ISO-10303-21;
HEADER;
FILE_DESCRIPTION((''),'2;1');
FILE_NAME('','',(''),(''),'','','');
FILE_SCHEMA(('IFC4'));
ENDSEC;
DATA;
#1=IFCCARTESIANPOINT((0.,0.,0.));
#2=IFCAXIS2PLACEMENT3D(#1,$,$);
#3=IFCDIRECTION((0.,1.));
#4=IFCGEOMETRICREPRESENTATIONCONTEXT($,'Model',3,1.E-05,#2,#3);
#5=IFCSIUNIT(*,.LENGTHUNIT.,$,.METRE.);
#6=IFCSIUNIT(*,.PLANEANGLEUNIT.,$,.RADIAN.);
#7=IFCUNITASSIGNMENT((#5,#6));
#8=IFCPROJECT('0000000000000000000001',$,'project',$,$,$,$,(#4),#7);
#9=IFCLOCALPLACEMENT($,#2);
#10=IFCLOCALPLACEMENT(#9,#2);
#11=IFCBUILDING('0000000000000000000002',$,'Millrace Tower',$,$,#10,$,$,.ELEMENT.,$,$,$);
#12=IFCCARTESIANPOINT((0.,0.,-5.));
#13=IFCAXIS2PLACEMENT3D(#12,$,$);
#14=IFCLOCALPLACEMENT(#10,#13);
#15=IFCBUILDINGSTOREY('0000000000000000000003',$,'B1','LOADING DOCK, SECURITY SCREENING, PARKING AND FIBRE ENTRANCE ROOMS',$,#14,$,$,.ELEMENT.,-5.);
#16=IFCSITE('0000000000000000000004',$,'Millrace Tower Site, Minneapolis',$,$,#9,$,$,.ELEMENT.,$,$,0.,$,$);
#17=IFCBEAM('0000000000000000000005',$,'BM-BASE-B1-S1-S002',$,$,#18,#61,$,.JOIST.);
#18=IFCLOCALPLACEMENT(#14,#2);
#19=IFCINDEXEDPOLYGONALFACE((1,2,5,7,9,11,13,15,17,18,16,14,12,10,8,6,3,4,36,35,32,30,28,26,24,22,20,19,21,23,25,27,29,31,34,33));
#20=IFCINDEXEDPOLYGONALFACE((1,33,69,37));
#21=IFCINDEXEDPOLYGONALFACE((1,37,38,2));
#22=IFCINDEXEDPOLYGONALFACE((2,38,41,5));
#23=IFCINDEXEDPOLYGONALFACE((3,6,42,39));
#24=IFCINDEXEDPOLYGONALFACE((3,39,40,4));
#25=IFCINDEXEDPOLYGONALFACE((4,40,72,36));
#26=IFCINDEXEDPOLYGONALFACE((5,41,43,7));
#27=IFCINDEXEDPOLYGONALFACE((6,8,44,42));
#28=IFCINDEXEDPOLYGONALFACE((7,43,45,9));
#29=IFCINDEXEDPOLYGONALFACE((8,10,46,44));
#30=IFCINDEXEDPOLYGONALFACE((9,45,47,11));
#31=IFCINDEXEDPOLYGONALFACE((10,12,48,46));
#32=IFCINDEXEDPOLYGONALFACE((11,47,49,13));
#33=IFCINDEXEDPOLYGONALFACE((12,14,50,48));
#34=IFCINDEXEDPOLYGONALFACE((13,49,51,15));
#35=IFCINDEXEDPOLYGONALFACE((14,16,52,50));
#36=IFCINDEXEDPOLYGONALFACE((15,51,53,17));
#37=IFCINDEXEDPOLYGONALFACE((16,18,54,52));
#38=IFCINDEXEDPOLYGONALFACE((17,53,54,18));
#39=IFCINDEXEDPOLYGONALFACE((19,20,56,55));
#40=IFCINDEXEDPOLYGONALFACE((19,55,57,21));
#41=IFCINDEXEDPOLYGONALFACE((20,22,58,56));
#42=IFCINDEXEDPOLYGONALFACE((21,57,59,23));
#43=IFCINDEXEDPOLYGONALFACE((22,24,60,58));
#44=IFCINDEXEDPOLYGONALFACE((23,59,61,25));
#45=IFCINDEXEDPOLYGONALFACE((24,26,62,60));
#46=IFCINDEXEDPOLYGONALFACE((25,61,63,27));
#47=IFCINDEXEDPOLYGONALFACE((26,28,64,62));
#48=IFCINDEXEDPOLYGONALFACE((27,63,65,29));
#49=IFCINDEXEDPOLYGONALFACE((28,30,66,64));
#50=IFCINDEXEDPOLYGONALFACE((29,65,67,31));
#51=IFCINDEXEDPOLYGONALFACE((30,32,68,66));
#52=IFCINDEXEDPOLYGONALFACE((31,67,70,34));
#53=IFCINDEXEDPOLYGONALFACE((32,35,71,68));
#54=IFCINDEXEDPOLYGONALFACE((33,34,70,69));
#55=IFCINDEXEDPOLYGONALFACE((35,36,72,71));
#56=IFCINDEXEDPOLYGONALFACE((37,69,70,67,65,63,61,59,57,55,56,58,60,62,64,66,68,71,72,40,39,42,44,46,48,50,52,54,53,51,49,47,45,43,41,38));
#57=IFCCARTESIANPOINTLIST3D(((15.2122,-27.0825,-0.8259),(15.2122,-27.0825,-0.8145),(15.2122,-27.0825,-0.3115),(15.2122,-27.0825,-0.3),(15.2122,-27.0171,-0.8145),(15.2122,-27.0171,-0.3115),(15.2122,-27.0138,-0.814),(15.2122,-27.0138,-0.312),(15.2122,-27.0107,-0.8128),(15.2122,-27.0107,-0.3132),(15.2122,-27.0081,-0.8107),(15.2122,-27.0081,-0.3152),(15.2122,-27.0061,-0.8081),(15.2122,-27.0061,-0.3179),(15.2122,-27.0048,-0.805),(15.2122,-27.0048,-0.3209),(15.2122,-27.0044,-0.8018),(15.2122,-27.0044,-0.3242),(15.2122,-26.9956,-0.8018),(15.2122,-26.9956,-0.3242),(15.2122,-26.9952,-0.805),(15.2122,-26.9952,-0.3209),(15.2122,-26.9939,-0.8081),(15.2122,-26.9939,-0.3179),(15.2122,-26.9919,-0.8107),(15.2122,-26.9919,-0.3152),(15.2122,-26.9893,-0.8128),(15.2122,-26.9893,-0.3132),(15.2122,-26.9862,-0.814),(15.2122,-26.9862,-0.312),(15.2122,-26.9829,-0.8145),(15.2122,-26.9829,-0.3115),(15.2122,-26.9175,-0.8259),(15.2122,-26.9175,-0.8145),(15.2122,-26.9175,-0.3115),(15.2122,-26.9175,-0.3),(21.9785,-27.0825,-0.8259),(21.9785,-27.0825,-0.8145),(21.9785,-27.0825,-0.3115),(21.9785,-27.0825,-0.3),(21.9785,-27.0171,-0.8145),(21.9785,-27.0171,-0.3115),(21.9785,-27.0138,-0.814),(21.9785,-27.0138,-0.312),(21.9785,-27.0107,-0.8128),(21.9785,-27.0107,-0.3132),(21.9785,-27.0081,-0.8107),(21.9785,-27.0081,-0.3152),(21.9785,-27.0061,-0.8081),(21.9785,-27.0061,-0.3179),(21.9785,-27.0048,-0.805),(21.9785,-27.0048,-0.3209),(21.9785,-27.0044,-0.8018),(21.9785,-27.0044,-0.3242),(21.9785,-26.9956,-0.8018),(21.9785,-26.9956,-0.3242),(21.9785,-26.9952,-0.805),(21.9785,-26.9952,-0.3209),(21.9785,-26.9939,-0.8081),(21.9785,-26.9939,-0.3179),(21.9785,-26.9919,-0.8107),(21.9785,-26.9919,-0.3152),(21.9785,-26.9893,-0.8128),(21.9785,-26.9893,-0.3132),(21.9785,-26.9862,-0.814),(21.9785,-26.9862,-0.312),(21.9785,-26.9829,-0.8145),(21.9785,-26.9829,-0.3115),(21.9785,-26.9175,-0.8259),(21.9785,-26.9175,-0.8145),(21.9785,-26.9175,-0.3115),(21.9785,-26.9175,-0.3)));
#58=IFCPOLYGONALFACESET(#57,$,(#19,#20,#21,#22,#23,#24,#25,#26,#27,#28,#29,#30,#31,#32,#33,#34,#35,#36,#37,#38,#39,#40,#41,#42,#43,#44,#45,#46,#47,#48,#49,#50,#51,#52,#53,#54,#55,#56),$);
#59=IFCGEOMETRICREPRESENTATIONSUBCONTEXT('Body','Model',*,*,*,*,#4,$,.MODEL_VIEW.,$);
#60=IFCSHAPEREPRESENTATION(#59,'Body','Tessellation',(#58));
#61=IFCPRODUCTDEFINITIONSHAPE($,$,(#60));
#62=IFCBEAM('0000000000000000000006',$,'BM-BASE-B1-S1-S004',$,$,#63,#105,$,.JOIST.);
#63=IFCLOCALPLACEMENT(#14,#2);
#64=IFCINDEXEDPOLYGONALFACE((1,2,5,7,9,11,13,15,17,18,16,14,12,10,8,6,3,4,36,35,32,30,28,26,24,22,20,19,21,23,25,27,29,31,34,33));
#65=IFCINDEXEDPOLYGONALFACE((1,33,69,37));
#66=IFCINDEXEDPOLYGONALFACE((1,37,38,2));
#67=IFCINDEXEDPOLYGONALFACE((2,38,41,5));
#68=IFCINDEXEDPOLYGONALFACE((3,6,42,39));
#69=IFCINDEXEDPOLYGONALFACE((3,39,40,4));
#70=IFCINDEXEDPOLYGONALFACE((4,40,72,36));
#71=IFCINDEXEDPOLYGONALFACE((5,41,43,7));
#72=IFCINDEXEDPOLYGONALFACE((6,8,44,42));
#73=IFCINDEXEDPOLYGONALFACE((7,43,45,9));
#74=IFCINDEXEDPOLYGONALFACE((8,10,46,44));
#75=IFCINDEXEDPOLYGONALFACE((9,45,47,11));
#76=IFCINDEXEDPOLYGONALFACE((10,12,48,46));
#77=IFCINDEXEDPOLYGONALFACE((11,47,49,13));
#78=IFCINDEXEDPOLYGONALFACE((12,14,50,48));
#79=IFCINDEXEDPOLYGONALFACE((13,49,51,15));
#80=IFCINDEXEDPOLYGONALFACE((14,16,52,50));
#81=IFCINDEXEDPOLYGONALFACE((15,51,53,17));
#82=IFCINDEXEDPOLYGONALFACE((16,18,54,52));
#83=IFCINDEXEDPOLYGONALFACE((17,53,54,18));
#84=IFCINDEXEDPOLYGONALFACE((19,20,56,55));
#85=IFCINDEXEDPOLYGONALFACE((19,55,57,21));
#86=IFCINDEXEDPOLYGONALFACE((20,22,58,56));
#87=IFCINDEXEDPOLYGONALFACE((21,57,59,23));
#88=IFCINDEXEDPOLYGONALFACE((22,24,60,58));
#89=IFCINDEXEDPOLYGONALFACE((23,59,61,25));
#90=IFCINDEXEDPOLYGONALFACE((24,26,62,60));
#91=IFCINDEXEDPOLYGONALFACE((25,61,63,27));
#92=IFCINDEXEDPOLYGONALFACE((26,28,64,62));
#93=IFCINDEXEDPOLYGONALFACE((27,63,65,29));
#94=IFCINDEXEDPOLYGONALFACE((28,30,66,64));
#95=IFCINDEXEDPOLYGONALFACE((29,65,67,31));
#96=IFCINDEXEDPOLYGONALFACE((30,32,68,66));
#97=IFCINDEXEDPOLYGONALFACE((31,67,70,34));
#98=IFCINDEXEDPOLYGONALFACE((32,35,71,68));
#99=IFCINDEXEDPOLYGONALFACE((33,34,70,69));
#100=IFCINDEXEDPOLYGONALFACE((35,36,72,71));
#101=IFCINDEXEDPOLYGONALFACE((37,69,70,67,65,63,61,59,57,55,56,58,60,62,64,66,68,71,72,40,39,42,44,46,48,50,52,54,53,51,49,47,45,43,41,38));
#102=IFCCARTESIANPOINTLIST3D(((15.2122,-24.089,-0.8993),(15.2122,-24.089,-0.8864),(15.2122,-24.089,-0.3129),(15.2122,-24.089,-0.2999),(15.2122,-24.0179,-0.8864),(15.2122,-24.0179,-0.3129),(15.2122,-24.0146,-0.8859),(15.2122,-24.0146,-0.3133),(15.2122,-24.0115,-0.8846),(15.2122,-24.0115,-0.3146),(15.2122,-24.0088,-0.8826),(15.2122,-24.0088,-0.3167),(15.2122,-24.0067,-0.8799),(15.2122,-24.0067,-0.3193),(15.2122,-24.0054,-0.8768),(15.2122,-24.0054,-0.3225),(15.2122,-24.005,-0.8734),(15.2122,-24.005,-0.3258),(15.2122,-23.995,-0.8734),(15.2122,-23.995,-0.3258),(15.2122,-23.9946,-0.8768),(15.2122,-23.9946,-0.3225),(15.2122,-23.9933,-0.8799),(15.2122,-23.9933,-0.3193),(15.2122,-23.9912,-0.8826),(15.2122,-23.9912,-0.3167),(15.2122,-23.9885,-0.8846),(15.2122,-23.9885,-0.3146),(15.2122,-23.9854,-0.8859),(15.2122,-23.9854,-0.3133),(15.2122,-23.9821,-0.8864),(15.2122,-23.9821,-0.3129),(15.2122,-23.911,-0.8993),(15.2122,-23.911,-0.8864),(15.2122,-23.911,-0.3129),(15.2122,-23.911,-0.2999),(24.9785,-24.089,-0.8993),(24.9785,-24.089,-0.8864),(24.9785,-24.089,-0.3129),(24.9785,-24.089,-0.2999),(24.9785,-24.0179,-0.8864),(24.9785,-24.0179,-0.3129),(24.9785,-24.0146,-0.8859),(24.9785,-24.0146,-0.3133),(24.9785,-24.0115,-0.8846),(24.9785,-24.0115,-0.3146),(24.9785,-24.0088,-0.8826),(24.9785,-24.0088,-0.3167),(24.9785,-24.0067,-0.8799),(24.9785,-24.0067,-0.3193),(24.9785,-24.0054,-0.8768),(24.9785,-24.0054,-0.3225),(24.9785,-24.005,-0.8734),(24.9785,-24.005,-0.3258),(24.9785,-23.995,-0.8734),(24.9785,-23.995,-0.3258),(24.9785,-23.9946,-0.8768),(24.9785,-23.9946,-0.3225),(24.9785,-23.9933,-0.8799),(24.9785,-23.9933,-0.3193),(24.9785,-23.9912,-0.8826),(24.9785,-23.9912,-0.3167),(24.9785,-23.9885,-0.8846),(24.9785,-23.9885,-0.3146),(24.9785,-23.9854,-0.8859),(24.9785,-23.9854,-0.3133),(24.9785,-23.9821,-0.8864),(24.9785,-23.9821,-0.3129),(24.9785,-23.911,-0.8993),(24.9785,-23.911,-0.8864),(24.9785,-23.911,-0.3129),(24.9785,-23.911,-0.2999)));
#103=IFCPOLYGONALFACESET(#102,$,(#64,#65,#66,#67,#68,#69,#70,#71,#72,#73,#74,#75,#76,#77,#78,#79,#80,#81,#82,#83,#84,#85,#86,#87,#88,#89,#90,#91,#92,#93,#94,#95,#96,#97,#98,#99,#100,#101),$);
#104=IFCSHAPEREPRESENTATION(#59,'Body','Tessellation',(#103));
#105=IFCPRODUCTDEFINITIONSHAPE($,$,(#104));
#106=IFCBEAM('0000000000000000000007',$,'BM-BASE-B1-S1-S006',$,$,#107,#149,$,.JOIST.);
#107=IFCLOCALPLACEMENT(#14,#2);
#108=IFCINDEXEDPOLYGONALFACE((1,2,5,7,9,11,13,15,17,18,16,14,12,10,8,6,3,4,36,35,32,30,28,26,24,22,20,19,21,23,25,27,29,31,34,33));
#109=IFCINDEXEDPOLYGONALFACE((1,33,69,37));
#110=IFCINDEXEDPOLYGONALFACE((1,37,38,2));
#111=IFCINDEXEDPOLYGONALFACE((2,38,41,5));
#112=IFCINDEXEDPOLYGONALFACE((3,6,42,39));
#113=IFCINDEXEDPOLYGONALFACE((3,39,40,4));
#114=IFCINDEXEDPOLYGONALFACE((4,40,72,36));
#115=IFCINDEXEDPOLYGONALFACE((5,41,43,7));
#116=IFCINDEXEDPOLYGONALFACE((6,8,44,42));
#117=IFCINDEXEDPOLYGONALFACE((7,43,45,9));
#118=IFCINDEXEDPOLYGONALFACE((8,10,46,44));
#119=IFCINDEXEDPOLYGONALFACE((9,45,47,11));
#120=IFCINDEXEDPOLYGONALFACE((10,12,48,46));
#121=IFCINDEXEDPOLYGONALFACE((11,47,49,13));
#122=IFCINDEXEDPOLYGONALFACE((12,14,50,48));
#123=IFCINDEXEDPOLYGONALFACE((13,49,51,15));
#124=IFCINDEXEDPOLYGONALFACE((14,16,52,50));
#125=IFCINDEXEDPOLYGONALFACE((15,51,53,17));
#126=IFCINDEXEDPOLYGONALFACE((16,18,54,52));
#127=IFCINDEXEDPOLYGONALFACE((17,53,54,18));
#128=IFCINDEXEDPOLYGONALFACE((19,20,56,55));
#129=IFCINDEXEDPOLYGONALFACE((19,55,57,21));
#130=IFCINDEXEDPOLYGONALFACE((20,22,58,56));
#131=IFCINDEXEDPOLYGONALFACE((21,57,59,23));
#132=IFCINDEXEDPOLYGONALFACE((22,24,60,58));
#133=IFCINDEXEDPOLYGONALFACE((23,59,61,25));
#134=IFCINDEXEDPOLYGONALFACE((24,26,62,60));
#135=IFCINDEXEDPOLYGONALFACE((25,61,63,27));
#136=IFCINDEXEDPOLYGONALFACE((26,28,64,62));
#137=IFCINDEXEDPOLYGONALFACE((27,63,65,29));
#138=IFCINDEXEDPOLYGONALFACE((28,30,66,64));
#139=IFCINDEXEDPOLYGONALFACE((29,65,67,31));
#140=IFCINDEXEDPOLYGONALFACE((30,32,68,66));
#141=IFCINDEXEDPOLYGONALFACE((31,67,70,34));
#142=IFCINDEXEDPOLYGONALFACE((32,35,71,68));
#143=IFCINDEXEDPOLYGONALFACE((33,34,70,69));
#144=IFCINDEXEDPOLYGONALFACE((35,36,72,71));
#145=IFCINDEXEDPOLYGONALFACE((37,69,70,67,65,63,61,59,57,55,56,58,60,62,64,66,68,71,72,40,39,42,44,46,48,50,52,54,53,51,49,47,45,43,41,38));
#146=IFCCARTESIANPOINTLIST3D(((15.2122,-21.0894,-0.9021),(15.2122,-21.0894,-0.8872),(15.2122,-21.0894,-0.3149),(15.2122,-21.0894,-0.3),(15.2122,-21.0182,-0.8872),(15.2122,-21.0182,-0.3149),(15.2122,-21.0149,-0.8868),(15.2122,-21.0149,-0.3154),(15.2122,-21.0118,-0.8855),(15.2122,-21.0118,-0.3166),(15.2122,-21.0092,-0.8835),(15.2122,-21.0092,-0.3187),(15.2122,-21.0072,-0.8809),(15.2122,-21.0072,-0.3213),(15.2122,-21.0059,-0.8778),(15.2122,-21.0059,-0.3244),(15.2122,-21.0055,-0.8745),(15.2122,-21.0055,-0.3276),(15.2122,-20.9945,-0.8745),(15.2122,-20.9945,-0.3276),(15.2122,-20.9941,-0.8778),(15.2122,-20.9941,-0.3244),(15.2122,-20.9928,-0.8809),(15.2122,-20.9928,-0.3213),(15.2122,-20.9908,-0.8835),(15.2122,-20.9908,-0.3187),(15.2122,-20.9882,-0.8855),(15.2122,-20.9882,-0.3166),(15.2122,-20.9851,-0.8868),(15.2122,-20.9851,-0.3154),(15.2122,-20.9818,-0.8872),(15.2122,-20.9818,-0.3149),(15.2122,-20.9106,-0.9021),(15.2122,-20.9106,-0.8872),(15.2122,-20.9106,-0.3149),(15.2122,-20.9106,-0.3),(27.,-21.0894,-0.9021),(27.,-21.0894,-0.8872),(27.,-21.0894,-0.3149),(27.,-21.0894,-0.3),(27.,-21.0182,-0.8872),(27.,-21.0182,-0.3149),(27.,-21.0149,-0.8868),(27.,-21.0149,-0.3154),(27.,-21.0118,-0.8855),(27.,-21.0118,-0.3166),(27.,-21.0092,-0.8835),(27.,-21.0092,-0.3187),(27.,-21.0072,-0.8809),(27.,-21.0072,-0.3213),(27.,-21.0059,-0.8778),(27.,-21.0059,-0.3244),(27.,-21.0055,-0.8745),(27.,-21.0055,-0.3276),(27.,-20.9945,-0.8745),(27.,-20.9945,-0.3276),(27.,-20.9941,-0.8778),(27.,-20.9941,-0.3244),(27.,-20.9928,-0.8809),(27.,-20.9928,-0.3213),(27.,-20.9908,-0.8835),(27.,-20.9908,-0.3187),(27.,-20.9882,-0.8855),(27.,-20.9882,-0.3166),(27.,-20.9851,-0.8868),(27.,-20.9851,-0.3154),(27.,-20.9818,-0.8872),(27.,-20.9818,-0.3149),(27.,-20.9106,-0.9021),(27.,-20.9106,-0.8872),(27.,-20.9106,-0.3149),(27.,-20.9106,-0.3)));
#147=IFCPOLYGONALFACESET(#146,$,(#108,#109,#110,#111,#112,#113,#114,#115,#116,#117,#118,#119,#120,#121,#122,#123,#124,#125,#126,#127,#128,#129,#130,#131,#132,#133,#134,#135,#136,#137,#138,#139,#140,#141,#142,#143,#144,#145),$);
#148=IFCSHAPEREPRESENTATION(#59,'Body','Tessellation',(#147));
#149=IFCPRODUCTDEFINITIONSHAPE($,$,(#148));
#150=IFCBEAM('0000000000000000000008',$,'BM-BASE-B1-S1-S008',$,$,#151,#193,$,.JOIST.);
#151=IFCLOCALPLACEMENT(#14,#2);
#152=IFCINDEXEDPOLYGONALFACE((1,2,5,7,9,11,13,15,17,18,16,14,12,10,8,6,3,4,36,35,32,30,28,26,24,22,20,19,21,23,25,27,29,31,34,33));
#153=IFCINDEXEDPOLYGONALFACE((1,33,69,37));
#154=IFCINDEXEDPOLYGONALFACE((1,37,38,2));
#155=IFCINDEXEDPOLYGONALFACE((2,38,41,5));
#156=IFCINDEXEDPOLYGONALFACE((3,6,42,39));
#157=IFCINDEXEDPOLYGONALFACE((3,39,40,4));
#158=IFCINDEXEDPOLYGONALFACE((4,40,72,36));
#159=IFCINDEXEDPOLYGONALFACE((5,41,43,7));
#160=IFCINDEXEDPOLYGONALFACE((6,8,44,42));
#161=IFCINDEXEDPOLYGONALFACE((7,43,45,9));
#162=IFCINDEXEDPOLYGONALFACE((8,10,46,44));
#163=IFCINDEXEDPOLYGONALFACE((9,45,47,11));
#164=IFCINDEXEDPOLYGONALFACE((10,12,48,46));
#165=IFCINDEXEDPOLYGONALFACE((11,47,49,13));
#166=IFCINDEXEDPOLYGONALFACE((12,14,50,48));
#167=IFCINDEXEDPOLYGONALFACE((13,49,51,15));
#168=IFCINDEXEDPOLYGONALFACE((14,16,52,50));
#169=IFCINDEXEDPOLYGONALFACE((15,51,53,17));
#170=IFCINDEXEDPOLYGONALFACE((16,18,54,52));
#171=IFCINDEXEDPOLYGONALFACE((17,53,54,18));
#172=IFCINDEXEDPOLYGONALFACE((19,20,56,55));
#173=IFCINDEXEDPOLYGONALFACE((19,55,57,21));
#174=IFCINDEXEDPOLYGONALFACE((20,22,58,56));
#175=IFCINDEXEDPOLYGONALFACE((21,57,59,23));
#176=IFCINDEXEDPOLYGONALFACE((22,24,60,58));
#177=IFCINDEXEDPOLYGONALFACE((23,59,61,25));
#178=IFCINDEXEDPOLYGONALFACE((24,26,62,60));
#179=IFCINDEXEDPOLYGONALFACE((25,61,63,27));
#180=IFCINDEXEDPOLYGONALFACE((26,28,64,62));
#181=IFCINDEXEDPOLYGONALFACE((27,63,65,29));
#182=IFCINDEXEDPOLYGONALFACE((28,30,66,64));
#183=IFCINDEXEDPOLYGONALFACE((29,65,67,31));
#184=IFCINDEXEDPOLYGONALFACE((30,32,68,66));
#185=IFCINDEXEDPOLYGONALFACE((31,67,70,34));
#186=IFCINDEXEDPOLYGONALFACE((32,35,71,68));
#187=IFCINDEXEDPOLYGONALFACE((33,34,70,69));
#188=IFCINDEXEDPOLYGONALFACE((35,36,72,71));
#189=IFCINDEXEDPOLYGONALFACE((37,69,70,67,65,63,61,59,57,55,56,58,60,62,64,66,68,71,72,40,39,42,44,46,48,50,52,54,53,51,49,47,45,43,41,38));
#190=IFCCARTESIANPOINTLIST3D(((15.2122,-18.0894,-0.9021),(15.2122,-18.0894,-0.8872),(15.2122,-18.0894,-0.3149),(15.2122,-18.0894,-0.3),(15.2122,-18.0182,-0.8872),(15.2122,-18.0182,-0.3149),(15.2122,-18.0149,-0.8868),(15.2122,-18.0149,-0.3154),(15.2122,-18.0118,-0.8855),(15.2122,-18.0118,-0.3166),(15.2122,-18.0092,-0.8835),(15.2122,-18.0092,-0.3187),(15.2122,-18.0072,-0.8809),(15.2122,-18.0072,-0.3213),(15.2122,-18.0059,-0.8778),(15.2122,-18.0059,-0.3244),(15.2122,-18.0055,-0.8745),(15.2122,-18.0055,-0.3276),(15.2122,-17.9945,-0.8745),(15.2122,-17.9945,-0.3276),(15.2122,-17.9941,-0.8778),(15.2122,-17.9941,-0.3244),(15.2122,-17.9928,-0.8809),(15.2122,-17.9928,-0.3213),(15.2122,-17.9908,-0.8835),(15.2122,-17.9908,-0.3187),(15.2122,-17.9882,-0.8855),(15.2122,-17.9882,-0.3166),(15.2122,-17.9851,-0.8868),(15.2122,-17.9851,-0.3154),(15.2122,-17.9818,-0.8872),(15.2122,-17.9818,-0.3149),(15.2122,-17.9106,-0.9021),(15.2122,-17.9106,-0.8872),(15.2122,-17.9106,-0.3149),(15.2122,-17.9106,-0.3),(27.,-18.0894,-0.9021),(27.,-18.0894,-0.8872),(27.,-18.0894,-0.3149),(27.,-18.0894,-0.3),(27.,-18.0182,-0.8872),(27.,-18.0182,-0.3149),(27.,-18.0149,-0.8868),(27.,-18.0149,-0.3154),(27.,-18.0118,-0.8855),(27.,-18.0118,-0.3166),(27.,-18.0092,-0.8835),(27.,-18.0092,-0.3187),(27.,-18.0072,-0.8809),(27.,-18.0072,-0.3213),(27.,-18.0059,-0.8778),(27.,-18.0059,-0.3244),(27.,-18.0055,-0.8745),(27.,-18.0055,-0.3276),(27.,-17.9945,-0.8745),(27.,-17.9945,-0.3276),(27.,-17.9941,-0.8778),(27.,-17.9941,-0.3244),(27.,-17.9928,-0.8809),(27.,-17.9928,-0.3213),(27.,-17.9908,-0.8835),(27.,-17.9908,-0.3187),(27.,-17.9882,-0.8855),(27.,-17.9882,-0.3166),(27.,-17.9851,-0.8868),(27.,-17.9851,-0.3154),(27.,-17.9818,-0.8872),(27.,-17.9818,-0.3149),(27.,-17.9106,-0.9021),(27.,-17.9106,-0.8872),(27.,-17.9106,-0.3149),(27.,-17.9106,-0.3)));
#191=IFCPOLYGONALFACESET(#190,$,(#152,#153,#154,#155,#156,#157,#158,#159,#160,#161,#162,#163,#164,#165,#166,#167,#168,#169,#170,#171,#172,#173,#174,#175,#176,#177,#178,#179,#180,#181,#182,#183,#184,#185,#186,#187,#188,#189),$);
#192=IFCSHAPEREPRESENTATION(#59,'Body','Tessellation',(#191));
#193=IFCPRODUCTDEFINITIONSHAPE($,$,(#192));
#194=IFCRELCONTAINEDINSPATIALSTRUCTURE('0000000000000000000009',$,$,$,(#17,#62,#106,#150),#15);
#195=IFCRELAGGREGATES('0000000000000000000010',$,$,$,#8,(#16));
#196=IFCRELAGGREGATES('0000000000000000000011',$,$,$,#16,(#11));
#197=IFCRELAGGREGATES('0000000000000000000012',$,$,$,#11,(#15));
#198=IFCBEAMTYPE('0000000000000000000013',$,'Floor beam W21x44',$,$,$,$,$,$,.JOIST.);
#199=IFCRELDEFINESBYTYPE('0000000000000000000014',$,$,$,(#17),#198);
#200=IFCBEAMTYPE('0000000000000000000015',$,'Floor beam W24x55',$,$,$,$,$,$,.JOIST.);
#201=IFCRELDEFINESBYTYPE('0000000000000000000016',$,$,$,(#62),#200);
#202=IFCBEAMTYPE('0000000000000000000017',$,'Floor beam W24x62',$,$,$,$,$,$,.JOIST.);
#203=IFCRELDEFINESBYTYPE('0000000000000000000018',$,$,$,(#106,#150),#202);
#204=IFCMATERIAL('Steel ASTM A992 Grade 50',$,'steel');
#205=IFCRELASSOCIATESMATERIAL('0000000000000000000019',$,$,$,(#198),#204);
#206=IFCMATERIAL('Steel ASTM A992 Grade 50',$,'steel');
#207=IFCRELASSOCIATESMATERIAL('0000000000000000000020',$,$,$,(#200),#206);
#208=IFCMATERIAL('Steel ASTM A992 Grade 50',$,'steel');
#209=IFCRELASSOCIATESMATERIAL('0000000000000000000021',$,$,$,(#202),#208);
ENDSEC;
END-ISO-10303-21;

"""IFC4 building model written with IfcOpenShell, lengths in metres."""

from ifc_helpers import new_model, si_unit, direction, frame, origin, origin_2d, place, context, subcontext, project, spatial, i_section, extrude, material, material_profile, profile_set, type_object, element, save


model = new_model("IFC4")

# Units and contexts
model_context = context("Model", 3, precision=1e-05, world=origin(), true_north=direction((0.0, 1.0)))
body_context = subcontext(model_context, "Body", "Model", "MODEL_VIEW")
ifc_project = project(units=[si_unit("LENGTHUNIT", "METRE"), si_unit("PLANEANGLEUNIT", "RADIAN")], contexts=[model_context])

# Site, building, storey
site_placement = place(None, origin())
site = spatial("IfcSite", under=ifc_project, at=site_placement, Name="Millrace Tower Site, Minneapolis", CompositionType="ELEMENT", RefElevation=0.0)
building_placement = place(site_placement, origin())
building = spatial("IfcBuilding", under=site, at=building_placement, Name="Millrace Tower", CompositionType="ELEMENT")
storey_placement = place(building_placement, frame((0.0, 0.0, -5.0)))
storey = spatial("IfcBuildingStorey", under=building, at=storey_placement, Name="B1", Description="LOADING DOCK, SECURITY SCREENING, PARKING AND FIBRE ENTRANCE ROOMS", CompositionType="ELEMENT", Elevation=-5.0)

# Beams
ifc_material_1 = material(Name="Steel ASTM A992 Grade 50", Category="steel")
ifc_material_profile_1 = material_profile(ifc_material_1, i_section(OverallWidth=0.165, OverallDepth=0.5259, WebThickness=0.0088, FlangeThickness=0.0115, FilletRadius=0.0127, at=origin_2d()))
ifc_profile_set_1 = profile_set([ifc_material_profile_1], Name="Steel ASTM A992 Grade 50")
beam_type_1 = type_object("IfcBeamType", Name="Floor beam W21x44", PredefinedType="JOIST", material=ifc_profile_set_1)
beam_1_placement = place(storey_placement, frame((15.2122, -27.0, -0.563), z_axis=(1.0, 0.0, 0.0), x_axis=(0.0, 1.0, 0.0)))
element("IfcBeam", 1, at=beam_1_placement, inside=storey, type_object=beam_type_1, Name="BM-BASE-B1-S1-S002", PredefinedType="JOIST", context=body_context, shape_type="SweptSolid", body=[
    extrude(i_section(OverallWidth=0.165, OverallDepth=0.5259, WebThickness=0.0088, FlangeThickness=0.0115, FilletRadius=0.0127, at=origin_2d()), origin(), (0.0, 0.0, 1.0), 6.7664),
])
ifc_material_2 = material(Name="Steel ASTM A992 Grade 50", Category="steel")
ifc_material_profile_2 = material_profile(ifc_material_2, i_section(OverallWidth=0.178, OverallDepth=0.5994, WebThickness=0.01, FlangeThickness=0.0129, FilletRadius=0.0129, at=origin_2d()))
ifc_profile_set_2 = profile_set([ifc_material_profile_2], Name="Steel ASTM A992 Grade 50")
beam_type_2 = type_object("IfcBeamType", Name="Floor beam W24x55", PredefinedType="JOIST", material=ifc_profile_set_2)
beam_2_placement = place(storey_placement, frame((15.2122, -24.0, -0.5996), z_axis=(1.0, 0.0, 0.0), x_axis=(0.0, 1.0, 0.0)))
element("IfcBeam", 2, at=beam_2_placement, inside=storey, type_object=beam_type_2, Name="BM-BASE-B1-S1-S004", PredefinedType="JOIST", context=body_context, shape_type="SweptSolid", body=[
    extrude(i_section(OverallWidth=0.178, OverallDepth=0.5994, WebThickness=0.01, FlangeThickness=0.0129, FilletRadius=0.0129, at=origin_2d()), origin(), (0.0, 0.0, 1.0), 9.7664),
])
ifc_material_3 = material(Name="Steel ASTM A992 Grade 50", Category="steel")
ifc_material_profile_3 = material_profile(ifc_material_3, i_section(OverallWidth=0.1787, OverallDepth=0.6021, WebThickness=0.011, FlangeThickness=0.0149, FilletRadius=0.0127, at=origin_2d()))
ifc_profile_set_3 = profile_set([ifc_material_profile_3], Name="Steel ASTM A992 Grade 50")
beam_type_3 = type_object("IfcBeamType", Name="Floor beam W24x62", PredefinedType="JOIST", material=ifc_profile_set_3)
for number, where, z_axis, x_axis, name in (
    (3, (15.2122, -21.0, -0.6011), (1.0, 0.0, 0.0), (0.0, 1.0, 0.0), "BM-BASE-B1-S1-S006"),
    (4, (15.2122, -18.0, -0.6011), (1.0, 0.0, 0.0), (0.0, 1.0, 0.0), "BM-BASE-B1-S1-S008"),
):
    element("IfcBeam", number, at=place(storey_placement, frame(where, z_axis=z_axis, x_axis=x_axis)), inside=storey, type_object=beam_type_3, Name=name, PredefinedType="JOIST", context=body_context, shape_type="SweptSolid", body=[
        extrude(i_section(OverallWidth=0.1787, OverallDepth=0.6021, WebThickness=0.011, FlangeThickness=0.0149, FilletRadius=0.0127, at=origin_2d()), origin(), (0.0, 0.0, 1.0), 11.7878),
    ])

save(model, "model.ifc")
